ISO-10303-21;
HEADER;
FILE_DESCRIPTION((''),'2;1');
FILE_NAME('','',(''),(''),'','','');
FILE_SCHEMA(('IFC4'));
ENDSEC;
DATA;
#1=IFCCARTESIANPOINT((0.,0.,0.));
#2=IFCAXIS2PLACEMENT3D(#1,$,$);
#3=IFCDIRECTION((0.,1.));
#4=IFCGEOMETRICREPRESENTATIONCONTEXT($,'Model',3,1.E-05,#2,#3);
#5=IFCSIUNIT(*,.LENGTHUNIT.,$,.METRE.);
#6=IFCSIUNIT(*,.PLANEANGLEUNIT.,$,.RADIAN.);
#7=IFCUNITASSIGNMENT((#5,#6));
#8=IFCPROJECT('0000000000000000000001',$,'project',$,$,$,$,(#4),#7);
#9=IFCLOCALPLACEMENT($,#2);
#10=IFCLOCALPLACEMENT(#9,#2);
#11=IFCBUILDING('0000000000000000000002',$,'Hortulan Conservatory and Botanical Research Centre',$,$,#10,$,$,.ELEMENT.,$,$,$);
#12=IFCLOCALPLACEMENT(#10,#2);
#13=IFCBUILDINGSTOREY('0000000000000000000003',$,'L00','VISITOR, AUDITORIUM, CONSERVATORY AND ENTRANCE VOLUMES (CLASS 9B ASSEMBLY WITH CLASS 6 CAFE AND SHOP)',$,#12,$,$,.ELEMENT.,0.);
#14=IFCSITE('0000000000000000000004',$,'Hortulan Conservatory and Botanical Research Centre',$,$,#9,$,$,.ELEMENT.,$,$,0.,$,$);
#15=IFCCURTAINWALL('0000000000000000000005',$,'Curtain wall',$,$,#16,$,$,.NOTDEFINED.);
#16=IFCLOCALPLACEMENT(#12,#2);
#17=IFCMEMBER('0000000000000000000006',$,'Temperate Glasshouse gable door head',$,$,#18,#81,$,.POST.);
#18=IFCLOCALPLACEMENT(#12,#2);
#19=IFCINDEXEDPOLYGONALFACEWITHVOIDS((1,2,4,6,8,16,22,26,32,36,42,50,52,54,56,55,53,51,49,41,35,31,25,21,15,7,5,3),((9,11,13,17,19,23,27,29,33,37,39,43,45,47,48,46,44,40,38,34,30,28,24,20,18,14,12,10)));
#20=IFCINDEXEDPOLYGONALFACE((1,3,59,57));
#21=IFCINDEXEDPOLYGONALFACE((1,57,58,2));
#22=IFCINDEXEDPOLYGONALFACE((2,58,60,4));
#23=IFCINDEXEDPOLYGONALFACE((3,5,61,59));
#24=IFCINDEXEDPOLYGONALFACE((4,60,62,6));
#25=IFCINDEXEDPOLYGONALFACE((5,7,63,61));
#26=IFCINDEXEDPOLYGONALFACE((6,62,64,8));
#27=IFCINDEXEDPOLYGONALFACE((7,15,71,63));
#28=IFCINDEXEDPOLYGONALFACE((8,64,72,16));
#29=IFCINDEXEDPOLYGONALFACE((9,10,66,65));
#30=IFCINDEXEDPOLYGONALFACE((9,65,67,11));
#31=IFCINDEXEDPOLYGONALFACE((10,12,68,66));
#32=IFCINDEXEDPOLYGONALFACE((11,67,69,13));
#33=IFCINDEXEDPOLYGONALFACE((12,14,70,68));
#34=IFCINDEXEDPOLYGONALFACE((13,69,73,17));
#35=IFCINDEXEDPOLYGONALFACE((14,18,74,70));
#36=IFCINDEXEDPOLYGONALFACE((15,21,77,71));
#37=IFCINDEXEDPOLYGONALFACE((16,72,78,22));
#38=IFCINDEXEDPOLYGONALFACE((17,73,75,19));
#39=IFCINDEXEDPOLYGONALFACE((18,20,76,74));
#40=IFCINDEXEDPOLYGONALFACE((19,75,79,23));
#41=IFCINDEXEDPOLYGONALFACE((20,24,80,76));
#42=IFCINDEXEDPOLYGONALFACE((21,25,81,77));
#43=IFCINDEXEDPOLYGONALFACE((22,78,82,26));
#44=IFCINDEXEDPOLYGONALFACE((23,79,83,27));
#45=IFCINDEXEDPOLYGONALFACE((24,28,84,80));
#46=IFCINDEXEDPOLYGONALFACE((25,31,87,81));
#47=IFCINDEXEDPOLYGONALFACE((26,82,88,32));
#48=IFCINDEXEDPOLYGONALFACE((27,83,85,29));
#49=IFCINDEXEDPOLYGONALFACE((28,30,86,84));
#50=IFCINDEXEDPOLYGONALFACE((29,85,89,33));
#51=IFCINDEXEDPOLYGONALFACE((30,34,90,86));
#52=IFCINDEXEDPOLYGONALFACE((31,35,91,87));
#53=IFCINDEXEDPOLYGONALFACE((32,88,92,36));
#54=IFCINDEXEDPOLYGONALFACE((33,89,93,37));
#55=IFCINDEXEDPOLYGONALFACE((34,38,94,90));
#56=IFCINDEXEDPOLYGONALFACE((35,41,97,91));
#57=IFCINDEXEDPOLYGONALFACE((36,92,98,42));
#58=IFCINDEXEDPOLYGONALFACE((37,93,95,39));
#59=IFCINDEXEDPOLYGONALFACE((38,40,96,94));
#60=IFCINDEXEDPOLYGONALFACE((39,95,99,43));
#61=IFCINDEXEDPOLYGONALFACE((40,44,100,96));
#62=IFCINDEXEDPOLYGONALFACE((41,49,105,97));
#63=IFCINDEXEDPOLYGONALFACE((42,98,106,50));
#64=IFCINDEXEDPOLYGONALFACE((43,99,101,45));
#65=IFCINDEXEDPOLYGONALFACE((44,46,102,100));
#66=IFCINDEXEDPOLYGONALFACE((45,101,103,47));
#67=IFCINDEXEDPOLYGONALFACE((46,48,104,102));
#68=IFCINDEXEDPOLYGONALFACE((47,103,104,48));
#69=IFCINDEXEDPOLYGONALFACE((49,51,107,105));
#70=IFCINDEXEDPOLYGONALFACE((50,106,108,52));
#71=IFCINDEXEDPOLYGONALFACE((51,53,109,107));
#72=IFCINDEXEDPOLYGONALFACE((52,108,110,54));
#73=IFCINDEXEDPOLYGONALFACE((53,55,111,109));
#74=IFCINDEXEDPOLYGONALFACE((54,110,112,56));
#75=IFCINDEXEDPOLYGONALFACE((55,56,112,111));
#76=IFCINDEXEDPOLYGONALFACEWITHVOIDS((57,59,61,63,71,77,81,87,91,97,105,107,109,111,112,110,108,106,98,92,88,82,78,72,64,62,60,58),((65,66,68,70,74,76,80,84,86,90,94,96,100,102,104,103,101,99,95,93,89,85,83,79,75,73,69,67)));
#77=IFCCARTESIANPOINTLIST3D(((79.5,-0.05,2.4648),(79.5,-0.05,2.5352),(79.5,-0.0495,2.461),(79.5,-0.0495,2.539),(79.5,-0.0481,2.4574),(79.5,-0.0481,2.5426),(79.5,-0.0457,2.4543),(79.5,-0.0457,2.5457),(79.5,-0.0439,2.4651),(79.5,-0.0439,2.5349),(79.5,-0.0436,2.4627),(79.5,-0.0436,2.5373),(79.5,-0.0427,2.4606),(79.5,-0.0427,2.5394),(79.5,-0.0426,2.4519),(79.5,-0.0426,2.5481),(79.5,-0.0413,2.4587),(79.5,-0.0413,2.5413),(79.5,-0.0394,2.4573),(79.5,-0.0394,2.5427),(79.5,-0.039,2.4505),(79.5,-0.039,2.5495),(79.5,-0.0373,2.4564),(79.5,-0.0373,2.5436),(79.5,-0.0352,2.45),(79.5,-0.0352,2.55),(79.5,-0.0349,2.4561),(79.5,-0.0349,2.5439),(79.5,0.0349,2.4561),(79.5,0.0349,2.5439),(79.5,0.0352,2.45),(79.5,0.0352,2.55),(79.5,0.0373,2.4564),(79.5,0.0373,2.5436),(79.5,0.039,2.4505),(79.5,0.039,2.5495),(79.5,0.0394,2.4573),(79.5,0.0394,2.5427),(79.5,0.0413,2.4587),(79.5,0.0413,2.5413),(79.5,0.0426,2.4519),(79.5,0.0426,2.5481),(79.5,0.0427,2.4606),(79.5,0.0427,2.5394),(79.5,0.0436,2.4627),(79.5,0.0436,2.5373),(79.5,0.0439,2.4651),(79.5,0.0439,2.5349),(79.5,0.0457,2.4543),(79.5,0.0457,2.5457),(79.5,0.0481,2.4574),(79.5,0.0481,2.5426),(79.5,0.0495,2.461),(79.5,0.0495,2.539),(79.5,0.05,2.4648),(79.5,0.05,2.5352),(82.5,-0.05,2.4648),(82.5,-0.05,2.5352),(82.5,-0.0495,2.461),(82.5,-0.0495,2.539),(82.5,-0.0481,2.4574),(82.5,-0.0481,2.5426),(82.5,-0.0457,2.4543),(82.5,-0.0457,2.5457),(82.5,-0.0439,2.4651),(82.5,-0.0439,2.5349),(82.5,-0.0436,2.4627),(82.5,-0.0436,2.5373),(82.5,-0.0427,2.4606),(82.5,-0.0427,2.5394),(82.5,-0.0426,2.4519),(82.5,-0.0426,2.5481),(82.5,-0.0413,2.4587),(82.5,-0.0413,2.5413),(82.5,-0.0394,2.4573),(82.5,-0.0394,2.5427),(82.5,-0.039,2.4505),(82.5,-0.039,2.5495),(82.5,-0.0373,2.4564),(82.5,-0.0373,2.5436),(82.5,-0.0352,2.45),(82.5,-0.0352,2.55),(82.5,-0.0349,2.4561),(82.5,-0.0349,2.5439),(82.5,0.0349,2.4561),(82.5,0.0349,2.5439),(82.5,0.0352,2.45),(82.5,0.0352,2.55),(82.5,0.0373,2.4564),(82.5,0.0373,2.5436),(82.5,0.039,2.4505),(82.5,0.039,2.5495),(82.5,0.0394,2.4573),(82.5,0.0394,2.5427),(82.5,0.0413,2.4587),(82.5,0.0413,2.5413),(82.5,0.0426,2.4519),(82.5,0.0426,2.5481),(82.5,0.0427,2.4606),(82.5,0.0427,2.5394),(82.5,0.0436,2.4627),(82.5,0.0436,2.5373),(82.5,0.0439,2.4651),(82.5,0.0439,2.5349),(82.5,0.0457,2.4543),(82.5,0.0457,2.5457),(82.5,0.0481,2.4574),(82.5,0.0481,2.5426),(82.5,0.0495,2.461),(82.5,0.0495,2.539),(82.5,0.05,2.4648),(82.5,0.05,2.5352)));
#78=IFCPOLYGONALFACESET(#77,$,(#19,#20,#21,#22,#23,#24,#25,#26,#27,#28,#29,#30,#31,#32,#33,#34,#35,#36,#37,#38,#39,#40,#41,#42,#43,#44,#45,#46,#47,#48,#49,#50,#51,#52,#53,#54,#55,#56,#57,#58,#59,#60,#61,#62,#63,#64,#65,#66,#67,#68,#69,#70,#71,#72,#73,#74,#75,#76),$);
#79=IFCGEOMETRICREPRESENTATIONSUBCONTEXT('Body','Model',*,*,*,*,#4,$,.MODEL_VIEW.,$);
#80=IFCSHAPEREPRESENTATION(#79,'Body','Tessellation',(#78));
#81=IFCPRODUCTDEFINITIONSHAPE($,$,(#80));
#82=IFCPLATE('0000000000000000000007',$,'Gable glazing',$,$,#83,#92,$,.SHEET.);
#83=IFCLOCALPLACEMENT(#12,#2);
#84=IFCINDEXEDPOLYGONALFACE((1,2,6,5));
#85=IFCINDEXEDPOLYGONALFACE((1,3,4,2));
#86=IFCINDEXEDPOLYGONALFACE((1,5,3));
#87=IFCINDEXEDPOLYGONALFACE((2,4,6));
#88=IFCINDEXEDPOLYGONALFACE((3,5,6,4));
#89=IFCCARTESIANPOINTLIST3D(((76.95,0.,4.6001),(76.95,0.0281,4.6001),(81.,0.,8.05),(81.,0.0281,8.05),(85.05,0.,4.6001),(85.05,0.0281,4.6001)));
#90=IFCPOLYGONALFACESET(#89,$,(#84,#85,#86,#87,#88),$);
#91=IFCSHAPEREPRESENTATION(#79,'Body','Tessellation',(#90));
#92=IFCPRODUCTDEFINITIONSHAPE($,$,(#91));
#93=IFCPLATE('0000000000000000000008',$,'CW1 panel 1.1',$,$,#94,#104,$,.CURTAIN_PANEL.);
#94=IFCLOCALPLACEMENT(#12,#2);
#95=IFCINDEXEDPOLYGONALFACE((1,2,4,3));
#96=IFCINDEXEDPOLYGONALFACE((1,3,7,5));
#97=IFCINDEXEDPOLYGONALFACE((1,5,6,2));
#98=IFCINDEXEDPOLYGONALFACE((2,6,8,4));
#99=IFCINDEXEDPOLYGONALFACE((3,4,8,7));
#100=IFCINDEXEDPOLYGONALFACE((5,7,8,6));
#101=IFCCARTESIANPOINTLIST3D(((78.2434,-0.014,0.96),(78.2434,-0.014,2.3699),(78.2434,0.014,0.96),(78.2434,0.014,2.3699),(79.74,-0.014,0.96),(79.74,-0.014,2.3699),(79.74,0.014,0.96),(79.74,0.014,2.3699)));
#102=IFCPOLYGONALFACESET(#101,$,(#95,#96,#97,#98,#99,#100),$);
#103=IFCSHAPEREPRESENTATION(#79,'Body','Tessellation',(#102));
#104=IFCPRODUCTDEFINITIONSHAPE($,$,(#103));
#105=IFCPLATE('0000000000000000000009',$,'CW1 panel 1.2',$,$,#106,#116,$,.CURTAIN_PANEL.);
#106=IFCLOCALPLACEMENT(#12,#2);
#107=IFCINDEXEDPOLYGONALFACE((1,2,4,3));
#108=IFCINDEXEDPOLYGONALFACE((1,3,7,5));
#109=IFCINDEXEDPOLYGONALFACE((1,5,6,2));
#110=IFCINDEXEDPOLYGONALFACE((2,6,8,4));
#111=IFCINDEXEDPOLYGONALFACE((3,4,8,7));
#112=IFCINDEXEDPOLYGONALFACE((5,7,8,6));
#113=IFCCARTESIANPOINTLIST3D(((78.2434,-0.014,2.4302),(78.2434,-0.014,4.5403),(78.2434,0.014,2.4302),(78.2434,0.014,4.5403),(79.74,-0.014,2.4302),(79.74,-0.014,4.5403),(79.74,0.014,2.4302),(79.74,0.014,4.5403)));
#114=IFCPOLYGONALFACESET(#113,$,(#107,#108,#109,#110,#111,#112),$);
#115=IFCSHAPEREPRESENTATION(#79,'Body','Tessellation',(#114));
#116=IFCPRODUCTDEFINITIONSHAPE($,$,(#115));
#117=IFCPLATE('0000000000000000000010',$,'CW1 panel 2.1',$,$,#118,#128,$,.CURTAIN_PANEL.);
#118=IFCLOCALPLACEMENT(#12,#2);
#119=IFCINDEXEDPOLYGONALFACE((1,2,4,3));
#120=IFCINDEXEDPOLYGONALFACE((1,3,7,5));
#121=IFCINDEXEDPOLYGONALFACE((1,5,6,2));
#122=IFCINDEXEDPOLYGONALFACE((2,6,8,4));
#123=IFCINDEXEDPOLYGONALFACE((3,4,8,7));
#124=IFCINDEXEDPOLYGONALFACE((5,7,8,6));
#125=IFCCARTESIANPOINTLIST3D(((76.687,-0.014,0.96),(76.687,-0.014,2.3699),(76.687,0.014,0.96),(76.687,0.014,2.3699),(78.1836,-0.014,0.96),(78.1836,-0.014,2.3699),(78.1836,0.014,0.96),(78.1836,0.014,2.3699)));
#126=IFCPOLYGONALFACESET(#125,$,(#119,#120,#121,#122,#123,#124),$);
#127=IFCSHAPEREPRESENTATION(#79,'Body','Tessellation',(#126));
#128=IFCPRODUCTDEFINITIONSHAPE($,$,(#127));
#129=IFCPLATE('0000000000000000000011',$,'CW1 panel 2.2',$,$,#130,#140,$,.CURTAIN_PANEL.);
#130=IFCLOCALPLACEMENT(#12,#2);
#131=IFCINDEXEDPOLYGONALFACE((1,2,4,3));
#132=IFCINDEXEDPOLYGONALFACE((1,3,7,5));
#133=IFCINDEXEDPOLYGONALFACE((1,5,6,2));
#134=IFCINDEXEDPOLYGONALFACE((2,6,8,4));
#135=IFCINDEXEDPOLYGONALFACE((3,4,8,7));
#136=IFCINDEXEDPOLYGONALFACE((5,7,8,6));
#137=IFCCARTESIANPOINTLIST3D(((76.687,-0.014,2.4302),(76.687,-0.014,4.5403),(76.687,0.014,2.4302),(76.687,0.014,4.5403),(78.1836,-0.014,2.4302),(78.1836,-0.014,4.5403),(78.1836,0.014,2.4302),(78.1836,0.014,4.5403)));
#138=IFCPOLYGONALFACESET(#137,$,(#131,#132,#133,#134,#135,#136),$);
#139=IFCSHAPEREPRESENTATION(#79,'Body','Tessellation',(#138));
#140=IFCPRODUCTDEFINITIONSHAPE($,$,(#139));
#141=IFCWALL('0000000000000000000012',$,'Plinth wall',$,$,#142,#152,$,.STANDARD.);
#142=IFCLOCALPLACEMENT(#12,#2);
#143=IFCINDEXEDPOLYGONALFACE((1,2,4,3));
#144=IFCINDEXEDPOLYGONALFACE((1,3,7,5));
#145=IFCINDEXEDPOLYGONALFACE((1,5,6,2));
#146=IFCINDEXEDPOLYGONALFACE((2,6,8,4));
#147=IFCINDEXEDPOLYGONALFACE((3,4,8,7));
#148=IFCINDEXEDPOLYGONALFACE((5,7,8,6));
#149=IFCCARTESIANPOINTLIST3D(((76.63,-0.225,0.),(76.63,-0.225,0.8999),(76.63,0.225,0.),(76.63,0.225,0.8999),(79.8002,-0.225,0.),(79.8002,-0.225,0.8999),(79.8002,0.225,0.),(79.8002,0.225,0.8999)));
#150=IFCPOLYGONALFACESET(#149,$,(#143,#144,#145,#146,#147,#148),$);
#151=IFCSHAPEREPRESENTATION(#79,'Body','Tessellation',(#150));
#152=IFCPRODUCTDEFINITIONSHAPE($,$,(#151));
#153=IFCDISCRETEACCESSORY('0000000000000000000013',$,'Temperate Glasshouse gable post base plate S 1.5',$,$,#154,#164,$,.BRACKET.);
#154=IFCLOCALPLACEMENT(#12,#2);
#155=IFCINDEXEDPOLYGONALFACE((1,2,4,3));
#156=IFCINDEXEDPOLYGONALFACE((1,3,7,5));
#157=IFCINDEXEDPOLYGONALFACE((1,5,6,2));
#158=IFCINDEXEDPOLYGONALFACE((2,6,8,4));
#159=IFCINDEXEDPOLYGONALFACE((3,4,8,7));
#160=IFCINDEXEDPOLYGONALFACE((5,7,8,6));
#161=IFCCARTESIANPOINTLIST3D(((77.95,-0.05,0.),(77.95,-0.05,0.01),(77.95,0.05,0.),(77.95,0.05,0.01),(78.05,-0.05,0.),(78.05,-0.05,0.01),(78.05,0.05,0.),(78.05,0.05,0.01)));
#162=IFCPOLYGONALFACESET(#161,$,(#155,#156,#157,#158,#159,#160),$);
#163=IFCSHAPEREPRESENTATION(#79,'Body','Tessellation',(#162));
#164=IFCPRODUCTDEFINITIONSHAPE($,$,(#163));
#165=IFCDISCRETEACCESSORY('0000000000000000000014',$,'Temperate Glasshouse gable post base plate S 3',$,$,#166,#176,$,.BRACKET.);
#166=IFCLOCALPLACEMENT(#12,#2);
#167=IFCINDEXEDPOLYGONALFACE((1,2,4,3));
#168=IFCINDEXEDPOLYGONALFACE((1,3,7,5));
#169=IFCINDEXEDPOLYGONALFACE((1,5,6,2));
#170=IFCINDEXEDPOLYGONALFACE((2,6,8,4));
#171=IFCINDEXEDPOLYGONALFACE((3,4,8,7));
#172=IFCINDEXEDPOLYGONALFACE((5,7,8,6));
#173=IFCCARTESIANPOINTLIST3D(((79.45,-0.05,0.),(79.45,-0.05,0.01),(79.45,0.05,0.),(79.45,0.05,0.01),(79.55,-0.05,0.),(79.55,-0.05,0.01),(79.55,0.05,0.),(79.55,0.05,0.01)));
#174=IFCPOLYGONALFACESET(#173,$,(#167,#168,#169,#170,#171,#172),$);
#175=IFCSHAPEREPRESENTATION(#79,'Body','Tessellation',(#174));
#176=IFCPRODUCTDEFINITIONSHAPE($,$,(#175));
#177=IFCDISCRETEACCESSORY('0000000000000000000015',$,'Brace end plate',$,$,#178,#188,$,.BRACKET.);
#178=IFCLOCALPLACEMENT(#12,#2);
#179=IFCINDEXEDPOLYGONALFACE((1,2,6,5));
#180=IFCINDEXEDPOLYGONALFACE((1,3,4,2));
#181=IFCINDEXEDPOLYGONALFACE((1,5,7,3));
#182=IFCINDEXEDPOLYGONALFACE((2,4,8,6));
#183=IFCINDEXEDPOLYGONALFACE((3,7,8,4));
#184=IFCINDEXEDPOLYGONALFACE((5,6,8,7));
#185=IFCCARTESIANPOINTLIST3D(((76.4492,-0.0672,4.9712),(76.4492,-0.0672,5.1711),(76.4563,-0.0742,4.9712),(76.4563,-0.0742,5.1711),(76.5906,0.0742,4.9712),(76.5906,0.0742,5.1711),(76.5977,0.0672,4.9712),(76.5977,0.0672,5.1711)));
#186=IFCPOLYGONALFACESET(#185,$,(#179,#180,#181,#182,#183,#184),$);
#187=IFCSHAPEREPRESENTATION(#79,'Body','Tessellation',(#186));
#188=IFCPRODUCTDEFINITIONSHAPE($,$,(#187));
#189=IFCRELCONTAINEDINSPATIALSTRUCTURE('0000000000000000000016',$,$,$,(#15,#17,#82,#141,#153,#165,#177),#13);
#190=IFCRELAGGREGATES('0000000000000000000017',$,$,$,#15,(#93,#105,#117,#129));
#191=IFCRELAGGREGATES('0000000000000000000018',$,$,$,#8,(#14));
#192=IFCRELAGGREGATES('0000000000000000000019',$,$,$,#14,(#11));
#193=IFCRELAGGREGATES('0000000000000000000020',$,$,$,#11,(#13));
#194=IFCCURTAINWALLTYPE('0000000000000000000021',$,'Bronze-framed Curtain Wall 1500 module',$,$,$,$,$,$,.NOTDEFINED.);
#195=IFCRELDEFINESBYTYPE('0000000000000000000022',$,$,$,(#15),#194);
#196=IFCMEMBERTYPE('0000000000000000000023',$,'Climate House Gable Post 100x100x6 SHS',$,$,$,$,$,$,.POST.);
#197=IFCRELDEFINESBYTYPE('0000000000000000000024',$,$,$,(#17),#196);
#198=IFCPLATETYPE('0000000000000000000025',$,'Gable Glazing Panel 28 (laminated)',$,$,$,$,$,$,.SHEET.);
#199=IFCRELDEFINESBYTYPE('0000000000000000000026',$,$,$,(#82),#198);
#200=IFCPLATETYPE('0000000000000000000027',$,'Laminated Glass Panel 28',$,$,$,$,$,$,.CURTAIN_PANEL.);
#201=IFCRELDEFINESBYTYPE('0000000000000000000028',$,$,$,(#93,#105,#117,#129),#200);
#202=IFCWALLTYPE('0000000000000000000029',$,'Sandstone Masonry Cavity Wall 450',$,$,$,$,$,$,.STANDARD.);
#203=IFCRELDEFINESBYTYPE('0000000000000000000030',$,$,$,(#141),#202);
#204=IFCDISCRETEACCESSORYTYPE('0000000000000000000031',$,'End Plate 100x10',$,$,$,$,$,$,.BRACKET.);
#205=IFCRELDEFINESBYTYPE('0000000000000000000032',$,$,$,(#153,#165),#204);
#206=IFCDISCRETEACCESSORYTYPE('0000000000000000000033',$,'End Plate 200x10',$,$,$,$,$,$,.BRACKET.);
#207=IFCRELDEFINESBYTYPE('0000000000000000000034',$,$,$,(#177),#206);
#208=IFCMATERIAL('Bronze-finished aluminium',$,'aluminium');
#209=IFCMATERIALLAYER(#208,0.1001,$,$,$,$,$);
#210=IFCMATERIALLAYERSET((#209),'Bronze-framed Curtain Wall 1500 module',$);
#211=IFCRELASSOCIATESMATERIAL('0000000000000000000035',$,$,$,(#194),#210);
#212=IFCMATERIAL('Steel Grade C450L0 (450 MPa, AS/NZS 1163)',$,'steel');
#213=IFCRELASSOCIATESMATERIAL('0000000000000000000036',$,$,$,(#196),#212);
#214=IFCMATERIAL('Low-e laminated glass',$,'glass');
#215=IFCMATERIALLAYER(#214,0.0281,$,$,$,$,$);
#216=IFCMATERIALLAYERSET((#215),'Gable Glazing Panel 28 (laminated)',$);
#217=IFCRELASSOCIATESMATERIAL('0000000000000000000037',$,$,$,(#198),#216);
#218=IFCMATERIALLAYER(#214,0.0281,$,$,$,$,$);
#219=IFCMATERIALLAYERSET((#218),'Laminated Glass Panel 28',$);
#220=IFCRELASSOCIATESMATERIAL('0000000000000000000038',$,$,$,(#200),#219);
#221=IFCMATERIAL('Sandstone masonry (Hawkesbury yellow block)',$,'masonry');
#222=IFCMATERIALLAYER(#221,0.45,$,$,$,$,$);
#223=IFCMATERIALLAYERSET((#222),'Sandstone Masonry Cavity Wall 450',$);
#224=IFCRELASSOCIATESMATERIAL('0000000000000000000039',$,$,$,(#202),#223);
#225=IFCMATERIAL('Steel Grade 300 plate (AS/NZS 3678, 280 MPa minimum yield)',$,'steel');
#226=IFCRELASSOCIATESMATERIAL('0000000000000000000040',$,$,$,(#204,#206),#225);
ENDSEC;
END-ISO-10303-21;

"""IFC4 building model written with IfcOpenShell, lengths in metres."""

from ifc_helpers import new_model, si_unit, direction, frame, frame_2d, origin, origin_2d, place, context, subcontext, project, spatial, polyline, rectangle, hollow_rectangle, outline, extrude, material, layer, layer_set, material_profile, profile_set, type_object, element, aggregate, save


model = new_model("IFC4")

# Units and contexts
model_context = context("Model", 3, precision=1e-05, world=origin(), true_north=direction((0.0, 1.0)))
body_context = subcontext(model_context, "Body", "Model", "MODEL_VIEW")
ifc_project = project(units=[si_unit("LENGTHUNIT", "METRE"), si_unit("PLANEANGLEUNIT", "RADIAN")], contexts=[model_context])

# Site, building, storey
site_placement = place(None, origin())
site = spatial("IfcSite", under=ifc_project, at=site_placement, Name="Hortulan Conservatory and Botanical Research Centre", CompositionType="ELEMENT", RefElevation=0.0)
building_placement = place(site_placement, origin())
building = spatial("IfcBuilding", under=site, at=building_placement, Name="Hortulan Conservatory and Botanical Research Centre", CompositionType="ELEMENT")
storey_placement = place(building_placement, origin())
storey = spatial("IfcBuildingStorey", under=building, at=storey_placement, Name="L00", Description="VISITOR, AUDITORIUM, CONSERVATORY AND ENTRANCE VOLUMES (CLASS 9B ASSEMBLY WITH CLASS 6 CAFE AND SHOP)", CompositionType="ELEMENT", Elevation=0.0)

# Curtain wall
ifc_material_1 = material(Name="Bronze-finished aluminium", Category="aluminium")
ifc_layer_1 = layer(ifc_material_1, 0.1001)
ifc_layer_set_1 = layer_set([ifc_layer_1], Name="Bronze-framed Curtain Wall 1500 module")
curtain_wall_type = type_object("IfcCurtainWallType", Name="Bronze-framed Curtain Wall 1500 module", PredefinedType="NOTDEFINED", material=ifc_layer_set_1)
curtain_wall_placement = place(storey_placement, origin())
curtain_wall = element("IfcCurtainWall", 1, at=curtain_wall_placement, inside=storey, type_object=curtain_wall_type, Name="Curtain wall", PredefinedType="NOTDEFINED")

# Member
ifc_material_2 = material(Name="Steel Grade C450L0 (450 MPa, AS/NZS 1163)", Category="steel")
ifc_material_profile_1 = material_profile(ifc_material_2, hollow_rectangle(XDim=0.1001, YDim=0.1001, WallThickness=0.0061, InnerFilletRadius=0.009, OuterFilletRadius=0.0149, at=origin_2d()), Name="100x100x6SHS")
ifc_profile_set_1 = profile_set([ifc_material_profile_1], Name="Steel Grade C450L0 (450 MPa, AS/NZS 1163)")
member_type_1 = type_object("IfcMemberType", Name="Climate House Gable Post 100x100x6 SHS", PredefinedType="POST", material=ifc_profile_set_1)
member_1_placement = place(storey_placement, frame((79.5, 0.0, 2.5), z_axis=(1.0, 0.0, 0.0), x_axis=(0.0, 1.0, 0.0)))
element("IfcMember", 2, at=member_1_placement, inside=storey, type_object=member_type_1, Name="Temperate Glasshouse gable door head", PredefinedType="POST", context=body_context, shape_type="SweptSolid", body=[
    extrude(hollow_rectangle(XDim=0.1001, YDim=0.1001, WallThickness=0.0061, InnerFilletRadius=0.009, OuterFilletRadius=0.0149, at=origin_2d()), origin(), (0.0, 0.0, 1.0), 3.0),
])

# Plates
ifc_material_3 = material(Name="Low-e laminated glass", Category="glass")
ifc_layer_2 = layer(ifc_material_3, 0.0281)
ifc_layer_set_2 = layer_set([ifc_layer_2], Name="Gable Glazing Panel 28 (laminated)")
plate_type_1 = type_object("IfcPlateType", Name="Gable Glazing Panel 28 (laminated)", PredefinedType="SHEET", material=ifc_layer_set_2)
plate_1_placement = place(storey_placement, frame((76.95, 0.0, 4.6001), z_axis=(0.0, -1.0, 0.0), x_axis=(1.0, 0.0, 0.0)))
element("IfcPlate", 3, at=plate_1_placement, inside=storey, type_object=plate_type_1, Name="Gable glazing", PredefinedType="SHEET", context=body_context, shape_type="SweptSolid", body=[
    extrude(outline(polyline([(0.0, 0.0), (8.1001, 0.0), (4.05, 3.45), (0.0, 0.0)])), origin(), (0.0, 0.0, -1.0), 0.0281),
])
ifc_layer_3 = layer(ifc_material_3, 0.0281)
ifc_layer_set_3 = layer_set([ifc_layer_3], Name="Laminated Glass Panel 28")
plate_type_2 = type_object("IfcPlateType", Name="Laminated Glass Panel 28", PredefinedType="CURTAIN_PANEL", material=ifc_layer_set_3)
plate_2_placement = place(storey_placement, frame((78.9917, 0.0, 0.96), z_axis=(0.0, 0.0, 1.0), x_axis=(-1.0, 0.0, 0.0)))
plate_2 = element("IfcPlate", 4, at=plate_2_placement, type_object=plate_type_2, Name="CW1 panel 1.1", PredefinedType="CURTAIN_PANEL", context=body_context, shape_type="SweptSolid", body=[
    extrude(rectangle(XDim=1.4966, YDim=0.0281, at=origin_2d()), origin(), (0.0, 0.0, 1.0), 1.4099),
])
plate_3_placement = place(storey_placement, frame((78.9917, 0.0, 2.4302), z_axis=(0.0, 0.0, 1.0), x_axis=(-1.0, 0.0, 0.0)))
plate_3 = element("IfcPlate", 5, at=plate_3_placement, type_object=plate_type_2, Name="CW1 panel 1.2", PredefinedType="CURTAIN_PANEL", context=body_context, shape_type="SweptSolid", body=[
    extrude(rectangle(XDim=1.4966, YDim=0.0281, at=origin_2d()), origin(), (0.0, 0.0, 1.0), 2.1101),
])
plate_4_placement = place(storey_placement, frame((77.4353, 0.0, 0.96), z_axis=(0.0, 0.0, 1.0), x_axis=(-1.0, 0.0, 0.0)))
plate_4 = element("IfcPlate", 6, at=plate_4_placement, type_object=plate_type_2, Name="CW1 panel 2.1", PredefinedType="CURTAIN_PANEL", context=body_context, shape_type="SweptSolid", body=[
    extrude(rectangle(XDim=1.4966, YDim=0.0281, at=origin_2d()), origin(), (0.0, 0.0, 1.0), 1.4099),
])
plate_5_placement = place(storey_placement, frame((77.4353, 0.0, 2.4302), z_axis=(0.0, 0.0, 1.0), x_axis=(-1.0, 0.0, 0.0)))
plate_5 = element("IfcPlate", 7, at=plate_5_placement, type_object=plate_type_2, Name="CW1 panel 2.2", PredefinedType="CURTAIN_PANEL", context=body_context, shape_type="SweptSolid", body=[
    extrude(rectangle(XDim=1.4966, YDim=0.0281, at=origin_2d()), origin(), (0.0, 0.0, 1.0), 2.1101),
])
aggregate(curtain_wall, [plate_2, plate_3, plate_4, plate_5])

# Wall
ifc_material_4 = material(Name="Sandstone masonry (Hawkesbury yellow block)", Category="masonry")
ifc_layer_4 = layer(ifc_material_4, 0.45)
ifc_layer_set_4 = layer_set([ifc_layer_4], Name="Sandstone Masonry Cavity Wall 450")
wall_type = type_object("IfcWallType", Name="Sandstone Masonry Cavity Wall 450", PredefinedType="STANDARD", material=ifc_layer_set_4)
wall_placement = place(storey_placement, frame((79.8, 0.0, 0.0), z_axis=(0.0, 0.0, 1.0), x_axis=(-1.0, 0.0, 0.0)))
element("IfcWall", 8, at=wall_placement, inside=storey, type_object=wall_type, Name="Plinth wall", PredefinedType="STANDARD", context=body_context, shape_type="SweptSolid", body=[
    extrude(rectangle(XDim=3.1702, YDim=0.45, at=frame_2d((1.585, 0.0))), origin(), (0.0, 0.0, 1.0), 0.8999),
])

# Discrete accessories
ifc_material_5 = material(Name="Steel Grade 300 plate (AS/NZS 3678, 280 MPa minimum yield)", Category="steel")
discrete_accessory_type_1 = type_object("IfcDiscreteAccessoryType", Name="End Plate 100x10", PredefinedType="BRACKET", material=ifc_material_5)
for number, where, z_axis, x_axis, name in (
    (9, (78.0, 0.0, 0.0), (0.0, 0.0, 1.0), (1.0, 0.0, 0.0), "Temperate Glasshouse gable post base plate S 1.5"),
    (10, (79.5, 0.0, 0.0), (0.0, 0.0, 1.0), (1.0, 0.0, 0.0), "Temperate Glasshouse gable post base plate S 3"),
):
    element("IfcDiscreteAccessory", number, at=place(storey_placement, frame(where, z_axis=z_axis, x_axis=x_axis)), inside=storey, type_object=discrete_accessory_type_1, Name=name, PredefinedType="BRACKET", context=body_context, shape_type="SweptSolid", body=[
        extrude(rectangle(XDim=0.1001, YDim=0.1001, at=origin_2d()), origin(), (0.0, 0.0, 1.0), 0.01),
    ])
discrete_accessory_type_2 = type_object("IfcDiscreteAccessoryType", Name="End Plate 200x10", PredefinedType="BRACKET", material=ifc_material_5)
for number, where, z_axis, x_axis, name in (
    (11, (76.5234, 0.0, 4.9712), (0.0, 0.0, 1.0), (0.707107, 0.707107, 0.0), "Brace end plate"),
):
    element("IfcDiscreteAccessory", number, at=place(storey_placement, frame(where, z_axis=z_axis, x_axis=x_axis)), inside=storey, type_object=discrete_accessory_type_2, Name=name, PredefinedType="BRACKET", context=body_context, shape_type="SweptSolid", body=[
        extrude(rectangle(XDim=0.2, YDim=0.01, at=origin_2d()), origin(), (0.0, 0.0, 1.0), 0.2),
    ])

save(model, "model.ifc")
